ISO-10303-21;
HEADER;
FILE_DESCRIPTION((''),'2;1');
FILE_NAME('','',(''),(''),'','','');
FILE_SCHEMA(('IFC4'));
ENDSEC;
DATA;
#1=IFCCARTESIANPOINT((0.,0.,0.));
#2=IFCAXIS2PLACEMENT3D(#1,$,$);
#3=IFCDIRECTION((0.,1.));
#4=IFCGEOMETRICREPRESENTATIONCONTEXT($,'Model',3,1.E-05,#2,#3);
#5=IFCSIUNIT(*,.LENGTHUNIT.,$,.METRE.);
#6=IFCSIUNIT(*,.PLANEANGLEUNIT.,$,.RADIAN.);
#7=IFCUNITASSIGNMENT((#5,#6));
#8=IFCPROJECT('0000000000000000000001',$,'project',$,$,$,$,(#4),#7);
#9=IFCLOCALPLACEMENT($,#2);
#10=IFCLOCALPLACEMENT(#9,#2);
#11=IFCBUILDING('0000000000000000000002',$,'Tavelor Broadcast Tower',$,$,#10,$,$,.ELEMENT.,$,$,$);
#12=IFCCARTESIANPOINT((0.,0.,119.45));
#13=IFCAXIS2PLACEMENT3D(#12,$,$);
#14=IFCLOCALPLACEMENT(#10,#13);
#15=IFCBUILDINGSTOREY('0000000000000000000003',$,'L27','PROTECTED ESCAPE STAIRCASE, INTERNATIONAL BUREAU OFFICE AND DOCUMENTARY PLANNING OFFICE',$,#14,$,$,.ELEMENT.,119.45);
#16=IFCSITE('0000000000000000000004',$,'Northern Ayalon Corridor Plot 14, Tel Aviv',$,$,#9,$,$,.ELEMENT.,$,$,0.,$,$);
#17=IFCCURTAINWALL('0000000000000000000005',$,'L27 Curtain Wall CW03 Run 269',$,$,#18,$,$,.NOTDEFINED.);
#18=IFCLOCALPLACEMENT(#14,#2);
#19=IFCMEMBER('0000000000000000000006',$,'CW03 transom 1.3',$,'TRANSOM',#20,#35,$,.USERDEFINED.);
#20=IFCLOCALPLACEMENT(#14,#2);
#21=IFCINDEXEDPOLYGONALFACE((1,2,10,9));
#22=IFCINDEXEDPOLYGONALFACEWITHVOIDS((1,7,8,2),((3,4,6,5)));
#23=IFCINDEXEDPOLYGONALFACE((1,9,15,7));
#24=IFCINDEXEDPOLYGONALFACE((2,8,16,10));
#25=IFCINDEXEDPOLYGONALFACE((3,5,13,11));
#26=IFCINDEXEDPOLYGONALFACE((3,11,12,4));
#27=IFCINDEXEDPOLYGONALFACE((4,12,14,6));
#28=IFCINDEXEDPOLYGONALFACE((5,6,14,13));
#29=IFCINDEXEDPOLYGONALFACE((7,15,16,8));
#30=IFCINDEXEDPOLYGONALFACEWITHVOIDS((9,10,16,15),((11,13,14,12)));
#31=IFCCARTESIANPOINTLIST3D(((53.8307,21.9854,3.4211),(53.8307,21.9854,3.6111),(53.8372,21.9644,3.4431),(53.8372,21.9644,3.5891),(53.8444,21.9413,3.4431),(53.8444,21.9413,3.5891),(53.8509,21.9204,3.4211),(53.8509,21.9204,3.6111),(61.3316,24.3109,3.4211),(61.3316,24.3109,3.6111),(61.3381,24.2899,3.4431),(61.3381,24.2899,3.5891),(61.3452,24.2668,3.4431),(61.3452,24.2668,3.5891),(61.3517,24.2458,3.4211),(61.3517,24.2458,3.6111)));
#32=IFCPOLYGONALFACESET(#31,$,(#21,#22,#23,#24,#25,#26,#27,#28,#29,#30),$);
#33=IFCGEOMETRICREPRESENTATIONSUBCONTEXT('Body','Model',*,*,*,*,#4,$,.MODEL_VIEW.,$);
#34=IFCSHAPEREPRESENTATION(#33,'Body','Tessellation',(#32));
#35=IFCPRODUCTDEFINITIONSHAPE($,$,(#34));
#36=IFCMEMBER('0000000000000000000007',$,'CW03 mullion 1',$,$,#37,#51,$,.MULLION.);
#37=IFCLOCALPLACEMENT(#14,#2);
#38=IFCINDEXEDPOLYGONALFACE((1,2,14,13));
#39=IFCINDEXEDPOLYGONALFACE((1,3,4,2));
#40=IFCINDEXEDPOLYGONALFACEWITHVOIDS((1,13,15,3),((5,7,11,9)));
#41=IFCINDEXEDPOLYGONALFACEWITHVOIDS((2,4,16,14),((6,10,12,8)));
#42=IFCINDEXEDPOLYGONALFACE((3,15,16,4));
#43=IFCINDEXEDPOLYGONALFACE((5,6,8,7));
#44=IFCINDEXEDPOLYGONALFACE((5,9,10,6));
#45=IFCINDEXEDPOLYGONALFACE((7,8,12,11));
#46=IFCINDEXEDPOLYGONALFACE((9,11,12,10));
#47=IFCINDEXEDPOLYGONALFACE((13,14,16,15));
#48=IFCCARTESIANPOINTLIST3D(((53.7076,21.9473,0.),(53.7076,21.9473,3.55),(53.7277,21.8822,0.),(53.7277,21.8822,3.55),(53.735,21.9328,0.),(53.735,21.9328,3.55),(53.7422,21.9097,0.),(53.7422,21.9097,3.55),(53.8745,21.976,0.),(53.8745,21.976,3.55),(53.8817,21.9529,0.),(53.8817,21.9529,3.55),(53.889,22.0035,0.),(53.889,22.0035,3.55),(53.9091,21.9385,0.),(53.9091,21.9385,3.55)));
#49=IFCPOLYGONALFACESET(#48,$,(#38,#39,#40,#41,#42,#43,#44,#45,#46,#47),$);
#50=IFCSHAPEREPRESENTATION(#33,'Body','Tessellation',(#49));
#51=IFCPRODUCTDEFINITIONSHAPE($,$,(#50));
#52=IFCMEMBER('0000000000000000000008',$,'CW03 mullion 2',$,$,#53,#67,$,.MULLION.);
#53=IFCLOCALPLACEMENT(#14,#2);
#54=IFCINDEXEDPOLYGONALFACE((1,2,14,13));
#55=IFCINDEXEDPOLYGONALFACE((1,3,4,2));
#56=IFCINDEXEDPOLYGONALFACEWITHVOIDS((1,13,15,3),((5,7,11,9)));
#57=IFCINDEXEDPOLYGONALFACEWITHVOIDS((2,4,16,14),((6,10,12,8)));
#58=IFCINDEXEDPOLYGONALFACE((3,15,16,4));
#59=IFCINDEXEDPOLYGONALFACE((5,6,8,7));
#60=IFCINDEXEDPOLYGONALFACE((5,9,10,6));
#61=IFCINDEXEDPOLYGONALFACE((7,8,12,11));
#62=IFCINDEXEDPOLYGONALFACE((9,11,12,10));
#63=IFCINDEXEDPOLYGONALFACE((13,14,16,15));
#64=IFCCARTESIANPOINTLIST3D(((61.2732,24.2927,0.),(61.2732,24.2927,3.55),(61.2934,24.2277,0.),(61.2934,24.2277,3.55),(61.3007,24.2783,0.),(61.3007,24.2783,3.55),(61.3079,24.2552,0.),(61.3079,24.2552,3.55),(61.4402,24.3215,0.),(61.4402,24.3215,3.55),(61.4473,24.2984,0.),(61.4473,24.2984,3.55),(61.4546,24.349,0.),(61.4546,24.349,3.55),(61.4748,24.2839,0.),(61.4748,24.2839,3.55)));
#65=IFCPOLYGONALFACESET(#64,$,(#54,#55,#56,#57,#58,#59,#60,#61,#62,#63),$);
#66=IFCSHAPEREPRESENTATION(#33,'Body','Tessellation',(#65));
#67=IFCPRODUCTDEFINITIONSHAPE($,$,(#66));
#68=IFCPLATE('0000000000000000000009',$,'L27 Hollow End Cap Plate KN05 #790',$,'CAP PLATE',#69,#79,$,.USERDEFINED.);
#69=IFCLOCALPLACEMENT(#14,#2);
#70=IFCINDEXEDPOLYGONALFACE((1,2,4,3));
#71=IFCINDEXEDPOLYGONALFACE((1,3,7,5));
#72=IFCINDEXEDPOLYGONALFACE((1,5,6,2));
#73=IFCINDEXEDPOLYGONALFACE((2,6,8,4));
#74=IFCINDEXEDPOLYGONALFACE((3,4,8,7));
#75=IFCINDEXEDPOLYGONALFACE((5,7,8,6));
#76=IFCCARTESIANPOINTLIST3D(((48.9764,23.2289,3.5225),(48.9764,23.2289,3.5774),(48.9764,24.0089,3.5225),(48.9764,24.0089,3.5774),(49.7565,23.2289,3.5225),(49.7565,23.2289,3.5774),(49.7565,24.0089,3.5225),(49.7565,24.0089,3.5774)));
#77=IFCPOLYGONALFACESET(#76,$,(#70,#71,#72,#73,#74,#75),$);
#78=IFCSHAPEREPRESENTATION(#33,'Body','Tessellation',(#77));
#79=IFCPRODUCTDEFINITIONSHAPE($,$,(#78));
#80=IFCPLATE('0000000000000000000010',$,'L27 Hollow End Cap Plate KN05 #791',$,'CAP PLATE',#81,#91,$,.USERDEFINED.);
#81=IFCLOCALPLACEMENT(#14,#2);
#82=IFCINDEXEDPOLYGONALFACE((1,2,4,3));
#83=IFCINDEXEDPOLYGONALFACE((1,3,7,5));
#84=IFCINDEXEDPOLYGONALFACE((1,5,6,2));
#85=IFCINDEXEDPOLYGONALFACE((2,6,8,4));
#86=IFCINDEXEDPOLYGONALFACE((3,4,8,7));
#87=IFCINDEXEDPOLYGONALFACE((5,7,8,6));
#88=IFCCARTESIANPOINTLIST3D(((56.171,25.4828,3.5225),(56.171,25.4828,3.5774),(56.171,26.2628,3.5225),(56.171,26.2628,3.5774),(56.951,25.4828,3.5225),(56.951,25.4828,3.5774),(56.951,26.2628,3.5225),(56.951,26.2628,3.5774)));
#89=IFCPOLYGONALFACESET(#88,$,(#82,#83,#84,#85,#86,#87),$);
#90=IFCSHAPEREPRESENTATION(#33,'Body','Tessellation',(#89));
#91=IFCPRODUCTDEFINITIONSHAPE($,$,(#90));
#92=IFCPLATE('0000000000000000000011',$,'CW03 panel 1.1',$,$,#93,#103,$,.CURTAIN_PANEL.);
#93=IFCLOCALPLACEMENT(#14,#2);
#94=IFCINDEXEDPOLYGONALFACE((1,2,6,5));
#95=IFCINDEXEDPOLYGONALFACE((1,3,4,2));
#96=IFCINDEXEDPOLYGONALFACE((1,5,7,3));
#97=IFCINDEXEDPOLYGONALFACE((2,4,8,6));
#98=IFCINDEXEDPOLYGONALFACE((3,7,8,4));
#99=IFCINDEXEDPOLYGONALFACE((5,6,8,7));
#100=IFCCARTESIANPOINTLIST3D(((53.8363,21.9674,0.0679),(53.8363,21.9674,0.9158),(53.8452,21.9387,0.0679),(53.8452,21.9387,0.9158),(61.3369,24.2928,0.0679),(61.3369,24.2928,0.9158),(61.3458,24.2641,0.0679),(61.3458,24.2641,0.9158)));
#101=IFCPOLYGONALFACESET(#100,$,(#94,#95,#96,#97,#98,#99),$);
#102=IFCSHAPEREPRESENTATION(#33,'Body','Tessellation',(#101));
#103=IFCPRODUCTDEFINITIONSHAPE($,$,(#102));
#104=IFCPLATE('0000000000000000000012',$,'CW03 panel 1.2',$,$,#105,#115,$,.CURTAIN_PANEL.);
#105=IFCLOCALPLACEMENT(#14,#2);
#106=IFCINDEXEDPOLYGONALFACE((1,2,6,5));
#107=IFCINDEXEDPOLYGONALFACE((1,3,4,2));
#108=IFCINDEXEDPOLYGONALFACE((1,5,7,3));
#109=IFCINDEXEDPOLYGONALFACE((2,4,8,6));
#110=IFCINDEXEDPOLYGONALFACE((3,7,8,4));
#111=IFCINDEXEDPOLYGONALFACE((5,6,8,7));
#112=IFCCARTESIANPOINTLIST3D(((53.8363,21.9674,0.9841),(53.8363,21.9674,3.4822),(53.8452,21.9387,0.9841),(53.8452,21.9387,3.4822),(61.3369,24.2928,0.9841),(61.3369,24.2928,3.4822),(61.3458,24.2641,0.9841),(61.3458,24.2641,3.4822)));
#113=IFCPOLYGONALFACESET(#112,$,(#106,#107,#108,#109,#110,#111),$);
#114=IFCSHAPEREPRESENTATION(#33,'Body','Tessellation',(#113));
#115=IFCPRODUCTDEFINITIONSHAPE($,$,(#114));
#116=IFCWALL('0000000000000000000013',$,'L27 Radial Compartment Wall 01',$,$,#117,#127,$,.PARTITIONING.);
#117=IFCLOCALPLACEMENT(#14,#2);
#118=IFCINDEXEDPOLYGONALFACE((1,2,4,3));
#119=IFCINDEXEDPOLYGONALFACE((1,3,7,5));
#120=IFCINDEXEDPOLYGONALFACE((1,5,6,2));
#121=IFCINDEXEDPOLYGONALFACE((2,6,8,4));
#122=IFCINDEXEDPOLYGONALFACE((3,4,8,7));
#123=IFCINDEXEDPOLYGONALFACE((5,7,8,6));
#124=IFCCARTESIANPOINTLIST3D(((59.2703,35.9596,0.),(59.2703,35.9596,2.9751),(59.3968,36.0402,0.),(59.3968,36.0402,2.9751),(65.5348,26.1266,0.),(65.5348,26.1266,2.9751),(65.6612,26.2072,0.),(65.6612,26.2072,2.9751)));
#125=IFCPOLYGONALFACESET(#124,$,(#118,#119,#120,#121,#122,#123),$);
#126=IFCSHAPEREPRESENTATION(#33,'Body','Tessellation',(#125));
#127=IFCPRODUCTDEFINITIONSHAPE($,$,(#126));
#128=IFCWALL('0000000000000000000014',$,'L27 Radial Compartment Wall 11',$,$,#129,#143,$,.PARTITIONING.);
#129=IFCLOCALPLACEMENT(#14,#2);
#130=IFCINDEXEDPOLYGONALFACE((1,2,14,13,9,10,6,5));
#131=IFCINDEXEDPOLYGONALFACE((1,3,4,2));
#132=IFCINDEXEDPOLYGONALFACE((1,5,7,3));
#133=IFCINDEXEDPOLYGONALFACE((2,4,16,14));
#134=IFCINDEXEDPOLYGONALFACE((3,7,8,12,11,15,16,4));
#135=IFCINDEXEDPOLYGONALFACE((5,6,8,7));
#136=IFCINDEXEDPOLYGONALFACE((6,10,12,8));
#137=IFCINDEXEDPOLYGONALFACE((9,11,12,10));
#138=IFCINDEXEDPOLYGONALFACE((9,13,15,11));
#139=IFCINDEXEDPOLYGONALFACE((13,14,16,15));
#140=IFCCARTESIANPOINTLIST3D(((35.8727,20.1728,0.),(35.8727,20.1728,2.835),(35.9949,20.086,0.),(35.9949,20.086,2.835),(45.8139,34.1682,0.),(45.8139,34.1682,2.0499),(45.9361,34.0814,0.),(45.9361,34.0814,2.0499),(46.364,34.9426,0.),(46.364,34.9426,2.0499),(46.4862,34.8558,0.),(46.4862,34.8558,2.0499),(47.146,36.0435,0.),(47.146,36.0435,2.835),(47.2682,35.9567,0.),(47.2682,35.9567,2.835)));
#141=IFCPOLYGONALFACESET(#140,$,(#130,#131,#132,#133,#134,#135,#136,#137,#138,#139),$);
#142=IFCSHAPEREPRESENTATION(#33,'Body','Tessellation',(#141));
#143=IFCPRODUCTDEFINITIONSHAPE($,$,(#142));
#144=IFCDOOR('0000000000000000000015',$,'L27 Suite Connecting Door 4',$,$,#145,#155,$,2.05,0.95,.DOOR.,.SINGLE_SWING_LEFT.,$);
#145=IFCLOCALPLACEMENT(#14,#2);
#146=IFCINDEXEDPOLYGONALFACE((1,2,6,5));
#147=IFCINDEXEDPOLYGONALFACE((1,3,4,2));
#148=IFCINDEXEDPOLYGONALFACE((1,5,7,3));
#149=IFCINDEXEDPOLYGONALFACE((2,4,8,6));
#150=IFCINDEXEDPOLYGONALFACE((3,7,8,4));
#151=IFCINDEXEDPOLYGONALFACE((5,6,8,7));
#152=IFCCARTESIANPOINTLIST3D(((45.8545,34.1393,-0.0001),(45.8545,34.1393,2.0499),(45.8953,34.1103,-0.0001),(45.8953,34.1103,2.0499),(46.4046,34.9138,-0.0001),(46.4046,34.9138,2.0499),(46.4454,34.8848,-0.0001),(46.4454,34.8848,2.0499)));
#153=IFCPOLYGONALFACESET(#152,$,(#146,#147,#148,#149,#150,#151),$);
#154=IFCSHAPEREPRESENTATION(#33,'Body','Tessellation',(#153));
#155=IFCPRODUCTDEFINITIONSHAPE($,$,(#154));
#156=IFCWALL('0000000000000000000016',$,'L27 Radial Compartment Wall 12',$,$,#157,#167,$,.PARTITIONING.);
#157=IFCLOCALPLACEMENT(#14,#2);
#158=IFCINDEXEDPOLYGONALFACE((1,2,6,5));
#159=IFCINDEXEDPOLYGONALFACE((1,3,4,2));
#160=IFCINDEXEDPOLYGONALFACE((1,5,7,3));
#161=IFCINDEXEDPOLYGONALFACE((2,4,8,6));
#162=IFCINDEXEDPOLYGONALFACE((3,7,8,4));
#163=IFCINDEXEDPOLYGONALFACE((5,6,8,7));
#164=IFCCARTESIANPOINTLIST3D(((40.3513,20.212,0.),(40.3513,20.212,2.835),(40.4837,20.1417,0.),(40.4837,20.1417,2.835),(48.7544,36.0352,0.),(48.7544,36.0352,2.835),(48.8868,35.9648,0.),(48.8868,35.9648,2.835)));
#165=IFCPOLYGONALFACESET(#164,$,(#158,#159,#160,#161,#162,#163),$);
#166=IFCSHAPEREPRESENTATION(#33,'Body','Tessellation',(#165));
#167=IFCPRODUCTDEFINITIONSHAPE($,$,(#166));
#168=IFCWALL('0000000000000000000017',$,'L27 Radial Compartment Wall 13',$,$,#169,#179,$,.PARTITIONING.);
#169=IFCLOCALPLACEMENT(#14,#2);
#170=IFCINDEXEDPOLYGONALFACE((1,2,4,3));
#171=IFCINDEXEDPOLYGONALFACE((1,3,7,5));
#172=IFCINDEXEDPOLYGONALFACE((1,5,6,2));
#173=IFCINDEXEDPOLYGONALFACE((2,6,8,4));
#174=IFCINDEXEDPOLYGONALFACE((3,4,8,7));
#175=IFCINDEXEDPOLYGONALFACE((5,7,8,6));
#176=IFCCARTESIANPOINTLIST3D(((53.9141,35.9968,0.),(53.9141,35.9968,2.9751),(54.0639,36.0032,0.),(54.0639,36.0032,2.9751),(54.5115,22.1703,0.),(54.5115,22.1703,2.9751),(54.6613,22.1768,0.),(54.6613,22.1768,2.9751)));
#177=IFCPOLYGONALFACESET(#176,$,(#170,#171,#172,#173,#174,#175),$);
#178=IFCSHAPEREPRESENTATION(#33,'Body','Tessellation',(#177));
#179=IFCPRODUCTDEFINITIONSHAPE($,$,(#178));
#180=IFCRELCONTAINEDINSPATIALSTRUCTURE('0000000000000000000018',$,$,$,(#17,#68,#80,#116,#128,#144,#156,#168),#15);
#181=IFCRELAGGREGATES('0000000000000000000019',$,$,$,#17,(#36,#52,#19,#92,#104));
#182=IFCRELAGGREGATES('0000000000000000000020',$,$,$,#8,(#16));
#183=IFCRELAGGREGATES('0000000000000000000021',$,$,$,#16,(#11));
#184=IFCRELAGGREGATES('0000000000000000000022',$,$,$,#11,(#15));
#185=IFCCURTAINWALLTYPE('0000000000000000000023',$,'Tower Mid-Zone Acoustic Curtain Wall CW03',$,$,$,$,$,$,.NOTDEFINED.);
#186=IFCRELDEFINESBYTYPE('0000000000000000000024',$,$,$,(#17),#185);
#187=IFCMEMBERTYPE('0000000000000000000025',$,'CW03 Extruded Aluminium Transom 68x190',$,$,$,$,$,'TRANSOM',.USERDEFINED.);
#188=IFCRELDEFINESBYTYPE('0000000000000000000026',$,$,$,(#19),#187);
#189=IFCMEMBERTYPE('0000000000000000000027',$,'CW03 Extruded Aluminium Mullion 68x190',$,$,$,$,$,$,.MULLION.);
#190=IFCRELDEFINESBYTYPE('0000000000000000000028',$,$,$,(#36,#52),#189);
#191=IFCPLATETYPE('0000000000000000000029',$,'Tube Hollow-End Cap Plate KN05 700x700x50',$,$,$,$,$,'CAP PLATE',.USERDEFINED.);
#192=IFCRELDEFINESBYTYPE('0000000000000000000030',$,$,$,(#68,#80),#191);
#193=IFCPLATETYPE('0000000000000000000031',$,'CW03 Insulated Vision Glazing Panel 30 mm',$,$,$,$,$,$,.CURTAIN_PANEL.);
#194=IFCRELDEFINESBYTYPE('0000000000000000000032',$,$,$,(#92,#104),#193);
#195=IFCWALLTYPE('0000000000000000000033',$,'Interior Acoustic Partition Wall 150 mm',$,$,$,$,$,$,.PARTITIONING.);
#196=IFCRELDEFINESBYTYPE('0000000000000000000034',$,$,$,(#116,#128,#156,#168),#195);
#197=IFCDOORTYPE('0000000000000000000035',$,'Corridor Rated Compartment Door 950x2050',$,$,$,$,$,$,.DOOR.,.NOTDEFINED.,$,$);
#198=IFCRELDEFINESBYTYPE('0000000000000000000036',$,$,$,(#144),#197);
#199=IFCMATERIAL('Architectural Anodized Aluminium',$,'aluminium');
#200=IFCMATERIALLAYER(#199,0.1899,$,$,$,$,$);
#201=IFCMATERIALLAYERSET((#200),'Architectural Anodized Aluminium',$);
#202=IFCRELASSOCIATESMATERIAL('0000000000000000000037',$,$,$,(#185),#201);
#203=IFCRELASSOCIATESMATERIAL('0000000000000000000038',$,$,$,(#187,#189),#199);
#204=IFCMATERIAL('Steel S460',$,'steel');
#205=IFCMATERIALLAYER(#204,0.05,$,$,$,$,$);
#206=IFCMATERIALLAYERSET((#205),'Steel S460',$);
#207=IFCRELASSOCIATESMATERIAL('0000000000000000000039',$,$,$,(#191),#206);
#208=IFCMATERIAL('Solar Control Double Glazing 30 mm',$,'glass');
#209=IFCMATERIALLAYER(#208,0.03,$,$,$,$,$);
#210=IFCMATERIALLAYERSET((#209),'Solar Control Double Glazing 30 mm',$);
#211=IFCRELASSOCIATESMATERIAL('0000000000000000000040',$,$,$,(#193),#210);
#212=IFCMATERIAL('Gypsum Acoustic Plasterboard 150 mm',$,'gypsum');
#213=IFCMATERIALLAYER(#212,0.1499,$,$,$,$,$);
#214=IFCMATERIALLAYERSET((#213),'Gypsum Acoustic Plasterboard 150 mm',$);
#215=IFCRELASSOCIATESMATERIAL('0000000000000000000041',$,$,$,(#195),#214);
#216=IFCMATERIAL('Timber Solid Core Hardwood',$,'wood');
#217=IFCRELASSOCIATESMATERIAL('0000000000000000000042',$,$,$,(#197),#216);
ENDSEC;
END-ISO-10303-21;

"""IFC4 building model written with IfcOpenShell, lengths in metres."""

from ifc_helpers import new_model, si_unit, direction, frame, frame_2d, origin, origin_2d, place, context, subcontext, project, spatial, rectangle, hollow_rectangle, extrude, source, transform, mapped, material, layer, layer_set, material_profile, profile_set, type_object, type_shapes, element, fill, aggregate, save


model = new_model("IFC4")

# Units and contexts
model_context = context("Model", 3, precision=1e-05, world=origin(), true_north=direction((0.0, 1.0)))
body_context = subcontext(model_context, "Body", "Model", "MODEL_VIEW")
ifc_project = project(units=[si_unit("LENGTHUNIT", "METRE"), si_unit("PLANEANGLEUNIT", "RADIAN")], contexts=[model_context])

# Site, building, storey
site_placement = place(None, origin())
site = spatial("IfcSite", under=ifc_project, at=site_placement, Name="Northern Ayalon Corridor Plot 14, Tel Aviv", CompositionType="ELEMENT", RefElevation=0.0)
building_placement = place(site_placement, origin())
building = spatial("IfcBuilding", under=site, at=building_placement, Name="Tavelor Broadcast Tower", CompositionType="ELEMENT")
storey_placement = place(building_placement, frame((0.0, 0.0, 119.45)))
storey = spatial("IfcBuildingStorey", under=building, at=storey_placement, Name="L27", Description="PROTECTED ESCAPE STAIRCASE, INTERNATIONAL BUREAU OFFICE AND DOCUMENTARY PLANNING OFFICE", CompositionType="ELEMENT", Elevation=119.45)

# Shared definitions
ifc_material_1 = material(Name="Steel S460", Category="steel")

# Curtain wall, members
ifc_material_2 = material(Name="Architectural Anodized Aluminium", Category="aluminium")
ifc_layer_1 = layer(ifc_material_2, 0.1899)
ifc_layer_set_1 = layer_set([ifc_layer_1], Name="Architectural Anodized Aluminium")
curtain_wall_type = type_object("IfcCurtainWallType", Name="Tower Mid-Zone Acoustic Curtain Wall CW03", PredefinedType="NOTDEFINED", material=ifc_layer_set_1)
curtain_wall_placement = place(storey_placement, origin())
curtain_wall = element("IfcCurtainWall", 1, at=curtain_wall_placement, inside=storey, type_object=curtain_wall_type, Name="L27 Curtain Wall CW03 Run 269", PredefinedType="NOTDEFINED")
ifc_material_profile_1 = material_profile(ifc_material_2, hollow_rectangle(XDim=0.0681, YDim=0.1899, WallThickness=0.022, at=origin_2d()), Name="RHS 68x190x22")
ifc_profile_set_1 = profile_set([ifc_material_profile_1], Name="Architectural Anodized Aluminium")
member_type_1 = type_object("IfcMemberType", Name="CW03 Extruded Aluminium Transom 68x190", ElementType="TRANSOM", PredefinedType="USERDEFINED", material=ifc_profile_set_1)
shared_shape_1 = source(origin(), body_context, "Body", "SweptSolid", [
    extrude(hollow_rectangle(XDim=0.0681, YDim=0.1899, WallThickness=0.022, at=origin_2d()), origin(), (0.0, 0.0, 1.0), 7.853),
])
type_shapes(member_type_1, [shared_shape_1])
member_1_placement = place(storey_placement, frame((53.8408, 21.9529, 3.5161), z_axis=(0.95515, 0.296123, 0.0), x_axis=(-0.296123, 0.95515, 0.0)))
member_1 = element("IfcMember", 2, at=member_1_placement, type_object=member_type_1, Name="CW03 transom 1.3", ObjectType="TRANSOM", PredefinedType="USERDEFINED", context=body_context, shape_type="MappedRepresentation", body=[
    mapped(shared_shape_1, transform((0.0, 0.0, 0.0), scale=1.0)),
])
ifc_material_profile_2 = material_profile(ifc_material_2, hollow_rectangle(XDim=0.0681, YDim=0.1899, WallThickness=0.022, at=origin_2d()), Name="RHS 68x190x22")
ifc_profile_set_2 = profile_set([ifc_material_profile_2], Name="Architectural Anodized Aluminium")
member_type_2 = type_object("IfcMemberType", Name="CW03 Extruded Aluminium Mullion 68x190", PredefinedType="MULLION", material=ifc_profile_set_2)
shared_shape_2 = source(origin(), body_context, "Body", "SweptSolid", [
    extrude(hollow_rectangle(XDim=0.0681, YDim=0.1899, WallThickness=0.022, at=origin_2d()), origin(), (0.0, 0.0, 1.0), 3.55),
])
type_shapes(member_type_2, [shared_shape_2])
member_2_placement = place(storey_placement, frame((53.8083, 21.9429, 0.0), z_axis=(0.0, 0.0, 1.0), x_axis=(-0.296123, 0.95515, 0.0)))
member_2 = element("IfcMember", 3, at=member_2_placement, type_object=member_type_2, Name="CW03 mullion 1", PredefinedType="MULLION", context=body_context, shape_type="MappedRepresentation", body=[
    mapped(shared_shape_2, transform((0.0, 0.0, 0.0), scale=1.0)),
])
member_3_placement = place(storey_placement, frame((61.374, 24.2883, 0.0), z_axis=(0.0, 0.0, 1.0), x_axis=(-0.296123, 0.95515, 0.0)))
member_3 = element("IfcMember", 4, at=member_3_placement, type_object=member_type_2, Name="CW03 mullion 2", PredefinedType="MULLION", context=body_context, shape_type="MappedRepresentation", body=[
    mapped(shared_shape_2, transform((0.0, 0.0, 0.0), scale=1.0)),
])

# Plates
ifc_layer_2 = layer(ifc_material_1, 0.05)
ifc_layer_set_2 = layer_set([ifc_layer_2], Name="Steel S460")
plate_type_1 = type_object("IfcPlateType", Name="Tube Hollow-End Cap Plate KN05 700x700x50", ElementType="CAP PLATE", PredefinedType="USERDEFINED", material=ifc_layer_set_2)
shared_shape_3 = source(origin(), body_context, "Body", "SweptSolid", [
    extrude(rectangle(XDim=0.78, YDim=0.78, at=origin_2d()), origin(), (0.0, 0.0, 1.0), 0.0549),
])
type_shapes(plate_type_1, [shared_shape_3])
for number, where, z_axis, x_axis, name in (
    (5, (49.3665, 23.6189, 3.5225), (0.0, 0.0, 1.0), (1.0, 0.0, 0.0), "L27 Hollow End Cap Plate KN05 #790"),
    (6, (56.561, 25.8728, 3.5225), (0.0, 0.0, 1.0), (1.0, 0.0, 0.0), "L27 Hollow End Cap Plate KN05 #791"),
):
    element("IfcPlate", number, at=place(storey_placement, frame(where, z_axis=z_axis, x_axis=x_axis)), inside=storey, type_object=plate_type_1, Name=name, ObjectType="CAP PLATE", PredefinedType="USERDEFINED", context=body_context, shape_type="MappedRepresentation", body=[
        mapped(shared_shape_3, transform((0.0, 0.0, 0.0), scale=1.0)),
    ])

# Plates
ifc_material_3 = material(Name="Solar Control Double Glazing 30 mm", Category="glass")
ifc_layer_3 = layer(ifc_material_3, 0.03)
ifc_layer_set_3 = layer_set([ifc_layer_3], Name="Solar Control Double Glazing 30 mm")
plate_type_2 = type_object("IfcPlateType", Name="CW03 Insulated Vision Glazing Panel 30 mm", PredefinedType="CURTAIN_PANEL", material=ifc_layer_set_3)
shared_shape_4 = source(origin(), body_context, "Body", "SweptSolid", [
    extrude(rectangle(XDim=7.8528, YDim=0.03, at=origin_2d()), origin(), (0.0, 0.0, 1.0), 0.8479),
])
plate_1_placement = place(storey_placement, frame((57.5911, 23.1157, 0.0679), z_axis=(0.0, 0.0, 1.0), x_axis=(0.95515, 0.296123, 0.0)))
plate_1 = element("IfcPlate", 7, at=plate_1_placement, type_object=plate_type_2, Name="CW03 panel 1.1", PredefinedType="CURTAIN_PANEL", context=body_context, shape_type="MappedRepresentation", body=[
    mapped(shared_shape_4, transform((0.0, 0.0, 0.0), scale=1.0)),
])
shared_shape_5 = source(origin(), body_context, "Body", "SweptSolid", [
    extrude(rectangle(XDim=7.8528, YDim=0.03, at=origin_2d()), origin(), (0.0, 0.0, 1.0), 2.498),
])
type_shapes(plate_type_2, [shared_shape_4, shared_shape_5])
plate_2_placement = place(storey_placement, frame((57.5911, 23.1157, 0.9841), z_axis=(0.0, 0.0, 1.0), x_axis=(0.95515, 0.296123, 0.0)))
plate_2 = element("IfcPlate", 8, at=plate_2_placement, type_object=plate_type_2, Name="CW03 panel 1.2", PredefinedType="CURTAIN_PANEL", context=body_context, shape_type="MappedRepresentation", body=[
    mapped(shared_shape_5, transform((0.0, 0.0, 0.0), scale=1.0)),
])
aggregate(curtain_wall, [member_2, member_3, member_1, plate_1, plate_2])

# Wall
ifc_material_4 = material(Name="Gypsum Acoustic Plasterboard 150 mm", Category="gypsum")
ifc_layer_4 = layer(ifc_material_4, 0.1499)
ifc_layer_set_4 = layer_set([ifc_layer_4], Name="Gypsum Acoustic Plasterboard 150 mm")
wall_type = type_object("IfcWallType", Name="Interior Acoustic Partition Wall 150 mm", PredefinedType="PARTITIONING", material=ifc_layer_set_4)
wall_1_placement = place(storey_placement, frame((59.3335, 36.0, 0.0), z_axis=(0.0, 0.0, 1.0), x_axis=(0.537305, -0.843388, 0.0)))
element("IfcWall", 9, at=wall_1_placement, inside=storey, type_object=wall_type, Name="L27 Radial Compartment Wall 01", PredefinedType="PARTITIONING", context=body_context, shape_type="SweptSolid", body=[
    extrude(rectangle(XDim=11.6589, YDim=0.1499, at=frame_2d((5.8296, 0.0))), origin(), (0.0, 0.0, 1.0), 2.9751),
])

# Wall, opening, door
wall_2_placement = place(storey_placement, frame((47.207, 36.0, 0.0), z_axis=(0.0, 0.0, 1.0), x_axis=(-0.579095, -0.81526, 0.0)))
wall_2 = element("IfcWall", 10, at=wall_2_placement, inside=storey, type_object=wall_type, Name="L27 Radial Compartment Wall 11", PredefinedType="PARTITIONING", context=body_context, shape_type="SweptSolid", body=[
    extrude(rectangle(XDim=19.467, YDim=0.1499, at=frame_2d((9.7334, 0.0))), origin(), (0.0, 0.0, 1.0), 2.835),
])
opening_1_placement = place(wall_2_placement, frame((1.3501, 0.0, 0.0)))
opening_1 = element("IfcOpeningElement", 11, at=opening_1_placement, cuts=wall_2, PredefinedType="OPENING", context=body_context, shape_type="SweptSolid", body=[
    extrude(rectangle(XDim=0.95, YDim=2.05, at=frame_2d((0.4751, 1.0249))), frame((0.0, 0.085, 0.0), z_axis=(0.0, -1.0, 0.0), x_axis=(1.0, 0.0, 0.0)), (0.0, 0.0, 1.0), 0.1699),
])
ifc_material_5 = material(Name="Timber Solid Core Hardwood", Category="wood")
door_type_1 = type_object("IfcDoorType", Name="Corridor Rated Compartment Door 950x2050", OperationType="NOTDEFINED", PredefinedType="DOOR", material=ifc_material_5)
door_1_placement = place(opening_1_placement, origin())
door_1 = element("IfcDoor", 12, at=door_1_placement, inside=storey, type_object=door_type_1, Name="L27 Suite Connecting Door 4", OperationType="SINGLE_SWING_LEFT", OverallHeight=2.05, OverallWidth=0.95, PredefinedType="DOOR", context=body_context, shape_type="SweptSolid", body=[
    extrude(rectangle(XDim=0.95, YDim=2.05, at=frame_2d((0.4751, 1.0249))), frame((0.0, 0.0249, 0.0), z_axis=(0.0, -1.0, 0.0), x_axis=(1.0, 0.0, 0.0)), (0.0, 0.0, 1.0), 0.05),
])
fill(opening_1, door_1)

# Walls
wall_3_placement = place(storey_placement, frame((48.8206, 36.0, 0.0), z_axis=(0.0, 0.0, 1.0), x_axis=(-0.469024, -0.883186, 0.0)))
element("IfcWall", 13, at=wall_3_placement, inside=storey, type_object=wall_type, Name="L27 Radial Compartment Wall 12", PredefinedType="PARTITIONING", context=body_context, shape_type="SweptSolid", body=[
    extrude(rectangle(XDim=17.916, YDim=0.1499, at=frame_2d((8.958, 0.0))), origin(), (0.0, 0.0, 1.0), 2.835),
])
wall_4_placement = place(storey_placement, frame((53.989, 36.0, 0.0), z_axis=(0.0, 0.0, 1.0), x_axis=(0.043168, -0.999068, 0.0)))
element("IfcWall", 14, at=wall_4_placement, inside=storey, type_object=wall_type, Name="L27 Radial Compartment Wall 13", PredefinedType="PARTITIONING", context=body_context, shape_type="SweptSolid", body=[
    extrude(rectangle(XDim=13.8394, YDim=0.1499, at=frame_2d((6.9197, 0.0))), origin(), (0.0, 0.0, 1.0), 2.9751),
])

save(model, "model.ifc")
